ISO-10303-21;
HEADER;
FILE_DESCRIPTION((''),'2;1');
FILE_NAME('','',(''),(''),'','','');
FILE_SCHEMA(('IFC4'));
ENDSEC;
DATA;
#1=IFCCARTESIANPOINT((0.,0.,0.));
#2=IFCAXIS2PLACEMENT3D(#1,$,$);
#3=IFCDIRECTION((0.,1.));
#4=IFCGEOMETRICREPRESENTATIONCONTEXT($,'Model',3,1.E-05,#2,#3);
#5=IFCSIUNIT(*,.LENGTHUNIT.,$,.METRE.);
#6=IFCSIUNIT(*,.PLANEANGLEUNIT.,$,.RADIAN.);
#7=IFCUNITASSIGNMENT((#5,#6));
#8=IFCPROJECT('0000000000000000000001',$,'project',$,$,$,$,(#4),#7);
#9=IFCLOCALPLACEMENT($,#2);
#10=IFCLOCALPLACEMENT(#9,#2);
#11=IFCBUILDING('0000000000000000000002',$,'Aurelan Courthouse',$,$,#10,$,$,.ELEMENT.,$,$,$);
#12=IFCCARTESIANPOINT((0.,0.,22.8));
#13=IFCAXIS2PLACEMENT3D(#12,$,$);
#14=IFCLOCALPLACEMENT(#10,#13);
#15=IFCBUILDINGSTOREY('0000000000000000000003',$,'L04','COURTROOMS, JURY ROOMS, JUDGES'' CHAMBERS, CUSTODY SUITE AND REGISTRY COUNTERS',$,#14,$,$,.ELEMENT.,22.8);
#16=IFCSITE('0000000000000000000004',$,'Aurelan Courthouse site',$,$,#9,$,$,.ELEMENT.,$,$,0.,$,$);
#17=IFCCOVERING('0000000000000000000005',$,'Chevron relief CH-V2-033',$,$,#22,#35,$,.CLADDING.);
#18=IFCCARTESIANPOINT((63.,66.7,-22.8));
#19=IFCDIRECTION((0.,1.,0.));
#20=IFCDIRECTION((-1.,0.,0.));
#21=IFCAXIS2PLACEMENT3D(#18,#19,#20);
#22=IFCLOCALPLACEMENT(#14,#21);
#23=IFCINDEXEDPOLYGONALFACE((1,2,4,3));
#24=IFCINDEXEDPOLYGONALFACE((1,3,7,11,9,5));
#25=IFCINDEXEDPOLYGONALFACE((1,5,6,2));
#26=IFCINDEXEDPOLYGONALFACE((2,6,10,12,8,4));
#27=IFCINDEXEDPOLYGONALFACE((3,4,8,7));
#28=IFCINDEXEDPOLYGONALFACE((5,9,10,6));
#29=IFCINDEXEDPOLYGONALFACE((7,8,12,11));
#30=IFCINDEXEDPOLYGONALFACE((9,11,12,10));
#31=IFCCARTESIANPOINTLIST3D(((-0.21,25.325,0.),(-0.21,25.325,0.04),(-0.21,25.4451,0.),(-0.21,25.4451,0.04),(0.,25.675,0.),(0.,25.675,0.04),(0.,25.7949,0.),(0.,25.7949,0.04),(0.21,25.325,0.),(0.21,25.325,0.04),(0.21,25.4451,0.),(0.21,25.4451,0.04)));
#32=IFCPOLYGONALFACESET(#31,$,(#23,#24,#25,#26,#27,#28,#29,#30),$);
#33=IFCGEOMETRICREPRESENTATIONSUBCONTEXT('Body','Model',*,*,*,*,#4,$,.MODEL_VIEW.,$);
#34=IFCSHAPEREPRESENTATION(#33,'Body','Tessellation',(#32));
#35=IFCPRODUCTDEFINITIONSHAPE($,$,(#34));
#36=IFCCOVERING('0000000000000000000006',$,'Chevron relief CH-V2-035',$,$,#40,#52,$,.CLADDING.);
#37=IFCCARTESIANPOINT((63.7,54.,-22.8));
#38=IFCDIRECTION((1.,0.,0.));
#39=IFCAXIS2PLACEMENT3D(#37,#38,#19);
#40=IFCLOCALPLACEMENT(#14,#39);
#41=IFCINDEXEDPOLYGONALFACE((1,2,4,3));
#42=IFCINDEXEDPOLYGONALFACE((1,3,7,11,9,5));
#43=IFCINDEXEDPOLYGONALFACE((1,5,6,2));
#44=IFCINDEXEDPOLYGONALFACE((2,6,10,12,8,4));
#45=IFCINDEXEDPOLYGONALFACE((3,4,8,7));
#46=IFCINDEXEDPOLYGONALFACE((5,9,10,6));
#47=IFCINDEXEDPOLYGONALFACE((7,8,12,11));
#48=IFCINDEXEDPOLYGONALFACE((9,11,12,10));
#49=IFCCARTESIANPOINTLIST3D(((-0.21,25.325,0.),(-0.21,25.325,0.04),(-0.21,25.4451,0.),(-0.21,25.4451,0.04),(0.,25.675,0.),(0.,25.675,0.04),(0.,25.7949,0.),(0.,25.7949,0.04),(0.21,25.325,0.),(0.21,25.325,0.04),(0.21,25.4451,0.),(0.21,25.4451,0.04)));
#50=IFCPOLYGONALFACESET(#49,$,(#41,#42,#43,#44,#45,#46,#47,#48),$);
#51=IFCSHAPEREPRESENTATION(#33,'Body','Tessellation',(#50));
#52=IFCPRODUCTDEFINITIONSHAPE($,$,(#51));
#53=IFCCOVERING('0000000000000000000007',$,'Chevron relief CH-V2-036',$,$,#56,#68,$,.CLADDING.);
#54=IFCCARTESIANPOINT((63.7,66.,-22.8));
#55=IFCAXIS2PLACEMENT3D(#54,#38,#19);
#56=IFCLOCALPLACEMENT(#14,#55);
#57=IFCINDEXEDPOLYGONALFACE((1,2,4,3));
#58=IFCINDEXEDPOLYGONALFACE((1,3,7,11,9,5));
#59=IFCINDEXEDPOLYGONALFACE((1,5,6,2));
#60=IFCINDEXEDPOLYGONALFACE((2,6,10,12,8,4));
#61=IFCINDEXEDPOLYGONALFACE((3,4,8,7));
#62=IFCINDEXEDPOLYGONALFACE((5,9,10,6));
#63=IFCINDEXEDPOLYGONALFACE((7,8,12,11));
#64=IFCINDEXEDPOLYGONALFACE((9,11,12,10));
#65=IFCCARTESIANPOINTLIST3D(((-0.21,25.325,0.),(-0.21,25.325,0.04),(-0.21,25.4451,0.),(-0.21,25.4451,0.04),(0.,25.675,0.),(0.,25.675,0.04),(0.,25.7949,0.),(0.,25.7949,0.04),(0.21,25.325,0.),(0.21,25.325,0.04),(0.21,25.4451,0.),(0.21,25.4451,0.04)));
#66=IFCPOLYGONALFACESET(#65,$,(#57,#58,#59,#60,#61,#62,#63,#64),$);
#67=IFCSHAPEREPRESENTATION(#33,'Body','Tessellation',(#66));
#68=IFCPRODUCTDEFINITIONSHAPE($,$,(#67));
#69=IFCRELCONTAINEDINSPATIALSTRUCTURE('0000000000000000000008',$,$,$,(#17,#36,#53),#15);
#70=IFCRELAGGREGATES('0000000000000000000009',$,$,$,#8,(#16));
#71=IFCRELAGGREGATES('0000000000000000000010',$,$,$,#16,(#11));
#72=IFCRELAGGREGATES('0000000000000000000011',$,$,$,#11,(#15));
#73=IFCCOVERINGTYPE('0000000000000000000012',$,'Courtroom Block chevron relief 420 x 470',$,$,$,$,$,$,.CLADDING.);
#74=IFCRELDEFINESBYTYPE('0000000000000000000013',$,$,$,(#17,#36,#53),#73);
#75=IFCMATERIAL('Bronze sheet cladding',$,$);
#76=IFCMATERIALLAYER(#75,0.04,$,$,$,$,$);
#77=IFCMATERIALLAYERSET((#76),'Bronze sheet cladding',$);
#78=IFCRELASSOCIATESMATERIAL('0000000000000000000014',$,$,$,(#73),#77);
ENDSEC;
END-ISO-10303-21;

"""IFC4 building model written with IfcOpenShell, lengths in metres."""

from ifc_helpers import new_model, si_unit, direction, frame, origin, place, context, subcontext, project, spatial, polyline, outline, extrude, material, layer, layer_set, type_object, element, save


model = new_model("IFC4")

# Units and contexts
model_context = context("Model", 3, precision=1e-05, world=origin(), true_north=direction((0.0, 1.0)))
body_context = subcontext(model_context, "Body", "Model", "MODEL_VIEW")
ifc_project = project(units=[si_unit("LENGTHUNIT", "METRE"), si_unit("PLANEANGLEUNIT", "RADIAN")], contexts=[model_context])

# Site, building, storey
site_placement = place(None, origin())
site = spatial("IfcSite", under=ifc_project, at=site_placement, Name="Aurelan Courthouse site", CompositionType="ELEMENT", RefElevation=0.0)
building_placement = place(site_placement, origin())
building = spatial("IfcBuilding", under=site, at=building_placement, Name="Aurelan Courthouse", CompositionType="ELEMENT")
storey_placement = place(building_placement, frame((0.0, 0.0, 22.8)))
storey = spatial("IfcBuildingStorey", under=building, at=storey_placement, Name="L04", Description="COURTROOMS, JURY ROOMS, JUDGES' CHAMBERS, CUSTODY SUITE AND REGISTRY COUNTERS", CompositionType="ELEMENT", Elevation=22.8)

# Coverings
ifc_material_1 = material(Name="Bronze sheet cladding")
ifc_layer_1 = layer(ifc_material_1, 0.04)
ifc_layer_set_1 = layer_set([ifc_layer_1], Name="Bronze sheet cladding")
covering_type = type_object("IfcCoveringType", Name="Courtroom Block chevron relief 420 x 470", PredefinedType="CLADDING", material=ifc_layer_set_1)
for number, where, z_axis, x_axis, name in (
    (1, (63.0, 66.7, -22.8), (0.0, 1.0, 0.0), (-1.0, 0.0, 0.0), "Chevron relief CH-V2-033"),
    (2, (63.7, 54.0, -22.8), (1.0, 0.0, 0.0), (0.0, 1.0, 0.0), "Chevron relief CH-V2-035"),
    (3, (63.7, 66.0, -22.8), (1.0, 0.0, 0.0), (0.0, 1.0, 0.0), "Chevron relief CH-V2-036"),
):
    element("IfcCovering", number, at=place(storey_placement, frame(where, z_axis=z_axis, x_axis=x_axis)), inside=storey, type_object=covering_type, Name=name, PredefinedType="CLADDING", context=body_context, shape_type="SweptSolid", body=[
        extrude(outline(polyline([(-0.21, 25.325), (0.0, 25.675), (0.21, 25.325), (0.21, 25.4451), (0.0, 25.7949), (-0.21, 25.4451), (-0.21, 25.325)])), origin(), (0.0, 0.0, 1.0), 0.04),
    ])

save(model, "model.ifc")
